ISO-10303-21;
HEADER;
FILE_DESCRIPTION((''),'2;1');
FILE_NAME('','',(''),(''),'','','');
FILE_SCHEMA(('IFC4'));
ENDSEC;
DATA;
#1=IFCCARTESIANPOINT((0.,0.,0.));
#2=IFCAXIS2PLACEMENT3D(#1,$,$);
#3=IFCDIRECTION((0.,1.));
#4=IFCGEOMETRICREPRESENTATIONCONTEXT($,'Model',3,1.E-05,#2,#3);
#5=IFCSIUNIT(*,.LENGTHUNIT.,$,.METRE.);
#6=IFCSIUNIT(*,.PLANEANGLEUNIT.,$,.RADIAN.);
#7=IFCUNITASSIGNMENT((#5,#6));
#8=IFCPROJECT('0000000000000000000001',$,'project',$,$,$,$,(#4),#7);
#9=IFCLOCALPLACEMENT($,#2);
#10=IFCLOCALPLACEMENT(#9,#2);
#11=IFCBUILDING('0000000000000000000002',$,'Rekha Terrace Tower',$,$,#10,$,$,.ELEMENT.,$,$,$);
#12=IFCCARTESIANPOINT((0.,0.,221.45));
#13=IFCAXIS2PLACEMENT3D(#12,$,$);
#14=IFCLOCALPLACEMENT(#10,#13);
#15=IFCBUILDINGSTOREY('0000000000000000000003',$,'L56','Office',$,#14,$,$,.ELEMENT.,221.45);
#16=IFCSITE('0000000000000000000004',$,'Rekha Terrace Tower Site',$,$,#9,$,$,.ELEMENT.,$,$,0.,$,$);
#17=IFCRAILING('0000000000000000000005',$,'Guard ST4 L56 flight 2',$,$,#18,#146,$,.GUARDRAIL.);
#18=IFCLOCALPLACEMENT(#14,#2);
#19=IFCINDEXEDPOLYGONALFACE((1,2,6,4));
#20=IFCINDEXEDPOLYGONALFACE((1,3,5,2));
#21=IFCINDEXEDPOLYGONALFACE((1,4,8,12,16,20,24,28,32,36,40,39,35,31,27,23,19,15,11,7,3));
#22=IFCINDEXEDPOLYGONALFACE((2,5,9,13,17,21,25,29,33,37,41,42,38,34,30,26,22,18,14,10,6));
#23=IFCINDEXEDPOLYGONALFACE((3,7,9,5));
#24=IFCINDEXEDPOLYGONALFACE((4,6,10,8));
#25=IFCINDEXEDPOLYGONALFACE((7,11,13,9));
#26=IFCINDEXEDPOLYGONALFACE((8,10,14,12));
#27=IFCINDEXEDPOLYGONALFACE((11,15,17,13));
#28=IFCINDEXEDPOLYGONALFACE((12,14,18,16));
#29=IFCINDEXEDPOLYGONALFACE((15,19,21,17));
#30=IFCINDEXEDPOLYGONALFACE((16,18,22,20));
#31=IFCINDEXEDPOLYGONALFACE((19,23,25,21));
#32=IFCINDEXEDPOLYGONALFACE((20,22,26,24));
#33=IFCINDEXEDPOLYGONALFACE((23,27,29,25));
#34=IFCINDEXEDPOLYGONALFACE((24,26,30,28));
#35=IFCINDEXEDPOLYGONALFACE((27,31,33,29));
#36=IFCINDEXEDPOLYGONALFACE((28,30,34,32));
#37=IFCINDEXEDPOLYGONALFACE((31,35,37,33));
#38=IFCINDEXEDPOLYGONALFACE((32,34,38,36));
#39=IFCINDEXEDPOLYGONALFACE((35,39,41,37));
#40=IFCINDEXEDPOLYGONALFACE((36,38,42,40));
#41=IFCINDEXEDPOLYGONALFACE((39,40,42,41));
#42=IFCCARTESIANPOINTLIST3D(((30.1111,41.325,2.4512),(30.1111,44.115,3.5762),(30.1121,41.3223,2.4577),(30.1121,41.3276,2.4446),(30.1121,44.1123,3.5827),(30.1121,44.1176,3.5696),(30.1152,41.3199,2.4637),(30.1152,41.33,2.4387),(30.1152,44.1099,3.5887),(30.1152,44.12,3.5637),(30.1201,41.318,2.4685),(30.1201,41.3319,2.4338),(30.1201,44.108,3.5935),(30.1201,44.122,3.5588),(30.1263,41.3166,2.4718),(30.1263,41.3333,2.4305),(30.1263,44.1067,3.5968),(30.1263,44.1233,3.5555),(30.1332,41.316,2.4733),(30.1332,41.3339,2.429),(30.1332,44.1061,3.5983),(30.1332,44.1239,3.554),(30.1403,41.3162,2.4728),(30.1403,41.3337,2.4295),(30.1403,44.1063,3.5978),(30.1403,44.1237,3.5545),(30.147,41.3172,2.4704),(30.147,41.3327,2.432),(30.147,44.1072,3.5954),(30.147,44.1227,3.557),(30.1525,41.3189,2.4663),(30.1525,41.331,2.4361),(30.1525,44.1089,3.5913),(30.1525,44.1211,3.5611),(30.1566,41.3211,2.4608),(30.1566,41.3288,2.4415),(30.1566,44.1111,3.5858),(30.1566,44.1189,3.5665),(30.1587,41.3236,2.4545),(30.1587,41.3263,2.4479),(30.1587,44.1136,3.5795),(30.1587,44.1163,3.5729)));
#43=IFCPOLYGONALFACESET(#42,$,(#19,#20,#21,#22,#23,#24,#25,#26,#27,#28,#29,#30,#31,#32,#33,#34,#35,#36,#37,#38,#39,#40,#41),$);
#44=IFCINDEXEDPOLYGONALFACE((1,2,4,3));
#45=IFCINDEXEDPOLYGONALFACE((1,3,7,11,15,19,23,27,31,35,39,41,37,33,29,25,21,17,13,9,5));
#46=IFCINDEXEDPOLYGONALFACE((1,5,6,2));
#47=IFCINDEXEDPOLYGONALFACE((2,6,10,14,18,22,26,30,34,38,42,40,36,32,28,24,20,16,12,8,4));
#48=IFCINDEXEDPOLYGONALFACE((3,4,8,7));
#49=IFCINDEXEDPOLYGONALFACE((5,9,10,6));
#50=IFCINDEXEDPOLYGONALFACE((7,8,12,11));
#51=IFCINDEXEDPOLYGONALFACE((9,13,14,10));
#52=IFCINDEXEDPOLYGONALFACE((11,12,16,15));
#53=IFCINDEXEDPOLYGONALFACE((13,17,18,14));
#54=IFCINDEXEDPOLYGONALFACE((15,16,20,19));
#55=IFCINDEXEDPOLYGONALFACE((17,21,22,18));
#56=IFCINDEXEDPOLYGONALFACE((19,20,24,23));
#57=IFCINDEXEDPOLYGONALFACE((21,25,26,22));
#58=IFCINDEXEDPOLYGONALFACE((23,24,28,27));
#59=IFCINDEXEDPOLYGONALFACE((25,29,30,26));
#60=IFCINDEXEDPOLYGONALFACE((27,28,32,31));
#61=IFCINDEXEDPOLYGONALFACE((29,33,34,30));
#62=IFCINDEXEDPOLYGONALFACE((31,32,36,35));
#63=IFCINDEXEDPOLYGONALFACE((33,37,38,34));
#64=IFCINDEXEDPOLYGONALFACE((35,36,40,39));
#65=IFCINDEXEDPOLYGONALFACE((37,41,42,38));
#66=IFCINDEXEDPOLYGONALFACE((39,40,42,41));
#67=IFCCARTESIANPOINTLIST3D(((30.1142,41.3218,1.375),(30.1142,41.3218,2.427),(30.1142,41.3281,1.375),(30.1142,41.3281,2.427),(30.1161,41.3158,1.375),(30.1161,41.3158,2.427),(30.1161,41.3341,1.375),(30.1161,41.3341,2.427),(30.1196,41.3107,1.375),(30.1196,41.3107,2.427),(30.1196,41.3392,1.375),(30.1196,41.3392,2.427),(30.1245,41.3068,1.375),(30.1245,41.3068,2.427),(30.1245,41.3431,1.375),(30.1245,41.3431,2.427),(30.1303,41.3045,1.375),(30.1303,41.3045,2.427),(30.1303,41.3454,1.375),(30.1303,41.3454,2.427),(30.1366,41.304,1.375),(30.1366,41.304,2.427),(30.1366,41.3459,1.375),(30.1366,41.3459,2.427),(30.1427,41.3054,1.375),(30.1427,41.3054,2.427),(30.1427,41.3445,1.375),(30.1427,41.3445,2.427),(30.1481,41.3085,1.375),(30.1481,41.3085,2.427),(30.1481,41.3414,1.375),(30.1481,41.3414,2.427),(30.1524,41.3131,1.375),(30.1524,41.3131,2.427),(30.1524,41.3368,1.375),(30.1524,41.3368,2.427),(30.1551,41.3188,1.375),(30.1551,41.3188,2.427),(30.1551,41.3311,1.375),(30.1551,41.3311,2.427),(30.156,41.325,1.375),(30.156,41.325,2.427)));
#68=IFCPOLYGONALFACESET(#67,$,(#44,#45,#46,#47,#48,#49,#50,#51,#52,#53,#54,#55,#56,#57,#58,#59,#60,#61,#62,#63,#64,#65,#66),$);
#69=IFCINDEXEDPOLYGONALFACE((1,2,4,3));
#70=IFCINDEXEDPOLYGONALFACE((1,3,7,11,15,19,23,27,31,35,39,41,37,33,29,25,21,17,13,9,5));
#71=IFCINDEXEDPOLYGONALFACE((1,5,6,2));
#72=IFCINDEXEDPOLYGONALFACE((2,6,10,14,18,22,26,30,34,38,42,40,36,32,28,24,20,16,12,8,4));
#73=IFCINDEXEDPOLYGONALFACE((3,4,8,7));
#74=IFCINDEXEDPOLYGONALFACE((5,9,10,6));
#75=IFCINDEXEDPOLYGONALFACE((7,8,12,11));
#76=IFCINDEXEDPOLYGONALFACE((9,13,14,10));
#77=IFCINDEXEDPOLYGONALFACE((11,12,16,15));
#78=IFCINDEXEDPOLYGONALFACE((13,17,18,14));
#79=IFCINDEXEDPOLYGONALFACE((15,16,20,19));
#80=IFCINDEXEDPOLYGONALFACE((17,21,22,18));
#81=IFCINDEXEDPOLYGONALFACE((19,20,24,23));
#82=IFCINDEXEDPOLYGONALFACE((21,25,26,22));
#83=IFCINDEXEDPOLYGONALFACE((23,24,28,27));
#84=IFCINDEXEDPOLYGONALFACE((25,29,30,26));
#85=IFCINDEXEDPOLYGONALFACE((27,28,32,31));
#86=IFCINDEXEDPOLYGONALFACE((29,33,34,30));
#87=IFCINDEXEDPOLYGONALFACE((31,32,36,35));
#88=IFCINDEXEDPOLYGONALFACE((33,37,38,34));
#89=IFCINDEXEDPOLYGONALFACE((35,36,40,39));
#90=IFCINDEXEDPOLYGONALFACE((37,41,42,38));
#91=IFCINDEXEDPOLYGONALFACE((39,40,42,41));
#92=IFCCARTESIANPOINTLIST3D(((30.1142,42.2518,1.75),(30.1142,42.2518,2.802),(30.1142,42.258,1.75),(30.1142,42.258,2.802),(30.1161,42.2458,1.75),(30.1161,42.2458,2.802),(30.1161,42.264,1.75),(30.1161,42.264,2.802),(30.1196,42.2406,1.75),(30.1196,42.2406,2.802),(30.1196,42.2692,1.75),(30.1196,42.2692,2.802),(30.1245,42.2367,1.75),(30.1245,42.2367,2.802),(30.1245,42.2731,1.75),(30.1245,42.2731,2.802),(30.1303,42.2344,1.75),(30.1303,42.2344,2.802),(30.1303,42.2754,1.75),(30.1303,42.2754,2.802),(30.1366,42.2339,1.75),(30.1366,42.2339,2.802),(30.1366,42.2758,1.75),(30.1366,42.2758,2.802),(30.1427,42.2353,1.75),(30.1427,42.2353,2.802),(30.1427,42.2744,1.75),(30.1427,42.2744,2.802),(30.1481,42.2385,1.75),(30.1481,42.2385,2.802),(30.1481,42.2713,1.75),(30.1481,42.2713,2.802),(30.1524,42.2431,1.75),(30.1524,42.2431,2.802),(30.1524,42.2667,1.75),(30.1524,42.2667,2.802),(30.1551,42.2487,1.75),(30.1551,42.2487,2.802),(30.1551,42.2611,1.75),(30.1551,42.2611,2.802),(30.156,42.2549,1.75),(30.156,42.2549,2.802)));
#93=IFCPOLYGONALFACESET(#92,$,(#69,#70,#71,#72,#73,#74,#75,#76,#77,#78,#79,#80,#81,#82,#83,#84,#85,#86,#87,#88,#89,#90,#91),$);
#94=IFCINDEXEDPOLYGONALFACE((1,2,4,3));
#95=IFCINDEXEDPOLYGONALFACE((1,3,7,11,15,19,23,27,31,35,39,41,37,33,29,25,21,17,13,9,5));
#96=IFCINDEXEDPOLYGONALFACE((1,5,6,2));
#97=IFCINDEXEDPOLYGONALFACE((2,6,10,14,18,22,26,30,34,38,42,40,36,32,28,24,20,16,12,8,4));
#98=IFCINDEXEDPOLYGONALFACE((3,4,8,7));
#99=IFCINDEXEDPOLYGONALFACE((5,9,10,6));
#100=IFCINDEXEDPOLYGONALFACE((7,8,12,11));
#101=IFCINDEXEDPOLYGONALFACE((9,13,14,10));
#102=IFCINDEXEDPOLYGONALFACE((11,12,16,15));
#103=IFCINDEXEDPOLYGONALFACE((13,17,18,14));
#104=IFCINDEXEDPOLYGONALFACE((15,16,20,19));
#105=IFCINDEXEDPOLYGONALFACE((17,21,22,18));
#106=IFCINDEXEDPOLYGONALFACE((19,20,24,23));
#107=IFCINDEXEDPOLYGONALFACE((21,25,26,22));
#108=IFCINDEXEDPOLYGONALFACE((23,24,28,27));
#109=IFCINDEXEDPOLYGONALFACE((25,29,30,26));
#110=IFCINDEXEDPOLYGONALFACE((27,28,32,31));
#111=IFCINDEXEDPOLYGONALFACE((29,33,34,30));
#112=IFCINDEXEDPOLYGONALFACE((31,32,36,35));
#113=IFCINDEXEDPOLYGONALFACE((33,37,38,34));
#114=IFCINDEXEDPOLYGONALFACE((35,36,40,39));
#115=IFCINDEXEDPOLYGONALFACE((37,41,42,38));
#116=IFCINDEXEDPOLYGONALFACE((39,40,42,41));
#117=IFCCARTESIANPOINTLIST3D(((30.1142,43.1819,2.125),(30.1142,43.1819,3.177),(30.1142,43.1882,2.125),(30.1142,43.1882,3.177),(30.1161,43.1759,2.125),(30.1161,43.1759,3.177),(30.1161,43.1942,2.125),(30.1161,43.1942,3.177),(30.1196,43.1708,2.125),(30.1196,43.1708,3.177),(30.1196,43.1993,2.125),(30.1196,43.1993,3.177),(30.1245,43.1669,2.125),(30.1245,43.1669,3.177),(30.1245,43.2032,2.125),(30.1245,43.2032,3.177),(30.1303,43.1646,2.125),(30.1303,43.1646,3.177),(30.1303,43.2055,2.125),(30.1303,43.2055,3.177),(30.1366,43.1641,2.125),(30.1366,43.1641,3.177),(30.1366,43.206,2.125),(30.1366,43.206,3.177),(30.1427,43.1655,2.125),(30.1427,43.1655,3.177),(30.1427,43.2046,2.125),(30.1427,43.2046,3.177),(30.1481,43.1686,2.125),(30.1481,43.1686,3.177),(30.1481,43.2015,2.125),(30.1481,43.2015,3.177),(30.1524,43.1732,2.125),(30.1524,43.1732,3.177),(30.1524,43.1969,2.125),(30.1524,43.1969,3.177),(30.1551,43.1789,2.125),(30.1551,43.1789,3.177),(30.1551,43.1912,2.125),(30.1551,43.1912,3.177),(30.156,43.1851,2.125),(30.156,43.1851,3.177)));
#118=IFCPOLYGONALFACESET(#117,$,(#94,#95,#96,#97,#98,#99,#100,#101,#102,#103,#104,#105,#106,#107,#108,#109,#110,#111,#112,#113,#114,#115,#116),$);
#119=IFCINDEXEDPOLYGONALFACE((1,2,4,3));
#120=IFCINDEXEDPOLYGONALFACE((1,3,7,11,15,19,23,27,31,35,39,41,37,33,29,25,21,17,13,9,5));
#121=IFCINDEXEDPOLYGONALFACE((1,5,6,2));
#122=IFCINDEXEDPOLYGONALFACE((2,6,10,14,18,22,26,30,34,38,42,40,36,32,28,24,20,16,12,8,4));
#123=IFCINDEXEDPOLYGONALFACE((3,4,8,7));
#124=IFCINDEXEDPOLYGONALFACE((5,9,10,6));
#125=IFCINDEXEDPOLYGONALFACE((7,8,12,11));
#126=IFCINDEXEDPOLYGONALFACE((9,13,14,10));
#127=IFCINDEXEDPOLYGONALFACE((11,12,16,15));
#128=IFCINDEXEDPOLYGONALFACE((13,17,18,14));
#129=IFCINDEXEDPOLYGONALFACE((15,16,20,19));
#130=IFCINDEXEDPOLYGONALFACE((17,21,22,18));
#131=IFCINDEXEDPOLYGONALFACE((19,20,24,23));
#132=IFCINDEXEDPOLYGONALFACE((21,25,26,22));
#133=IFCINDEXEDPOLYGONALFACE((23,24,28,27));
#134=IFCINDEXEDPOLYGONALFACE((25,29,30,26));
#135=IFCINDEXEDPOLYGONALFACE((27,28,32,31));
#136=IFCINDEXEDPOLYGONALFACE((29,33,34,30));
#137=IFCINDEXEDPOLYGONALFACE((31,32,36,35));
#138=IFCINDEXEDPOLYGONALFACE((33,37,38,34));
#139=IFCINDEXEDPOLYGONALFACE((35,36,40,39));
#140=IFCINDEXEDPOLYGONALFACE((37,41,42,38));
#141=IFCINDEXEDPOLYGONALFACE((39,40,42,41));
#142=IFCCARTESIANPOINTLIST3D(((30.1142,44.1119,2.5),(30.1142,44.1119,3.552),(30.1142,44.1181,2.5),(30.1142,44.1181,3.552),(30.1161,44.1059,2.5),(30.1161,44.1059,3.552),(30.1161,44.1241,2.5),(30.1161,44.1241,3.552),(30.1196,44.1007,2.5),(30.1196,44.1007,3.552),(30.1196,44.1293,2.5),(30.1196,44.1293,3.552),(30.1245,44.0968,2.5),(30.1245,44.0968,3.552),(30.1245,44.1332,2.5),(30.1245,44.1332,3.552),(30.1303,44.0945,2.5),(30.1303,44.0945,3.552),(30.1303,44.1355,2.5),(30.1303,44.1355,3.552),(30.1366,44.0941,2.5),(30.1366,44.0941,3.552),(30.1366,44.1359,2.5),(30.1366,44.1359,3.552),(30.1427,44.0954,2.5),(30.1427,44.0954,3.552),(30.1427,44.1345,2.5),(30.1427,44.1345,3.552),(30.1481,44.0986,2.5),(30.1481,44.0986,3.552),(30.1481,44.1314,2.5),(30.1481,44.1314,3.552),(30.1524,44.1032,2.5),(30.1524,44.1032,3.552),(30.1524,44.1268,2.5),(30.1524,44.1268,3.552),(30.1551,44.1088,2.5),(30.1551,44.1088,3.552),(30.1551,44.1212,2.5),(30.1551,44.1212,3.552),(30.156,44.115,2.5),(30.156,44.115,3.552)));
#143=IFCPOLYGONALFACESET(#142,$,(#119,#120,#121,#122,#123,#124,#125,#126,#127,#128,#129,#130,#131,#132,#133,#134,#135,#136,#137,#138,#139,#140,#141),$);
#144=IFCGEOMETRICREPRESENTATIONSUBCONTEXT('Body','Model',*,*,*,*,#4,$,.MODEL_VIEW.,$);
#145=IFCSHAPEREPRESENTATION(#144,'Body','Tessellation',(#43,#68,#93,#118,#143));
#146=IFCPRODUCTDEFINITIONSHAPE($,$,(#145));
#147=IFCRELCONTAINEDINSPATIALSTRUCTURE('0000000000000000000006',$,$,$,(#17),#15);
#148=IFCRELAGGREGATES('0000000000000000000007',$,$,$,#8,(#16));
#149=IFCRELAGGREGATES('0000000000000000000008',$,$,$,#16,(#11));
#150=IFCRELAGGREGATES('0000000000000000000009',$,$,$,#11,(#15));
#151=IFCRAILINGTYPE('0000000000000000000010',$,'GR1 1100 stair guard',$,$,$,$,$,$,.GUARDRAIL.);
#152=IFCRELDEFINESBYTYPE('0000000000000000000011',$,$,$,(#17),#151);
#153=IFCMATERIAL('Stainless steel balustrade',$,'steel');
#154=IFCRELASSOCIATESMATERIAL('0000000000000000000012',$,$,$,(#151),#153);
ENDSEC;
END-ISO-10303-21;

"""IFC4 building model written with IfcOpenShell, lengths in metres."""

from ifc_helpers import new_model, si_unit, direction, frame, origin, origin_2d, place, context, subcontext, project, spatial, circle, extrude, material, type_object, element, save


model = new_model("IFC4")

# Units and contexts
model_context = context("Model", 3, precision=1e-05, world=origin(), true_north=direction((0.0, 1.0)))
body_context = subcontext(model_context, "Body", "Model", "MODEL_VIEW")
ifc_project = project(units=[si_unit("LENGTHUNIT", "METRE"), si_unit("PLANEANGLEUNIT", "RADIAN")], contexts=[model_context])

# Site, building, storey
site_placement = place(None, origin())
site = spatial("IfcSite", under=ifc_project, at=site_placement, Name="Rekha Terrace Tower Site", CompositionType="ELEMENT", RefElevation=0.0)
building_placement = place(site_placement, origin())
building = spatial("IfcBuilding", under=site, at=building_placement, Name="Rekha Terrace Tower", CompositionType="ELEMENT")
storey_placement = place(building_placement, frame((0.0, 0.0, 221.45)))
storey = spatial("IfcBuildingStorey", under=building, at=storey_placement, Name="L56", Description="Office", CompositionType="ELEMENT", Elevation=221.45)

# Railing
ifc_material_1 = material(Name="Stainless steel balustrade", Category="steel")
railing_type_1 = type_object("IfcRailingType", Name="GR1 1100 stair guard", PredefinedType="GUARDRAIL", material=ifc_material_1)
railing_1_placement = place(storey_placement, frame((30.135, 41.325, 1.375)))
element("IfcRailing", 1, at=railing_1_placement, inside=storey, type_object=railing_type_1, Name="Guard ST4 L56 flight 2", PredefinedType="GUARDRAIL", context=body_context, shape_type="SweptSolid", body=[
    extrude(circle(Radius=0.0239, at=origin_2d()), frame((0.0, 0.0, 1.0762), z_axis=(0.0, 0.927443, 0.373964), x_axis=(-1.0, 0.0, 0.0)), (0.0, 0.0, 1.0), 3.0083),
    extrude(circle(Radius=0.021, at=origin_2d()), origin(), (0.0, 0.0, 1.0), 1.052),
    extrude(circle(Radius=0.021, at=origin_2d()), frame((0.0, 0.9299, 0.375)), (0.0, 0.0, 1.0), 1.052),
    extrude(circle(Radius=0.021, at=origin_2d()), frame((0.0, 1.8601, 0.75)), (0.0, 0.0, 1.0), 1.052),
    extrude(circle(Radius=0.021, at=origin_2d()), frame((0.0, 2.79, 1.125)), (0.0, 0.0, 1.0), 1.052),
])

save(model, "model.ifc")
